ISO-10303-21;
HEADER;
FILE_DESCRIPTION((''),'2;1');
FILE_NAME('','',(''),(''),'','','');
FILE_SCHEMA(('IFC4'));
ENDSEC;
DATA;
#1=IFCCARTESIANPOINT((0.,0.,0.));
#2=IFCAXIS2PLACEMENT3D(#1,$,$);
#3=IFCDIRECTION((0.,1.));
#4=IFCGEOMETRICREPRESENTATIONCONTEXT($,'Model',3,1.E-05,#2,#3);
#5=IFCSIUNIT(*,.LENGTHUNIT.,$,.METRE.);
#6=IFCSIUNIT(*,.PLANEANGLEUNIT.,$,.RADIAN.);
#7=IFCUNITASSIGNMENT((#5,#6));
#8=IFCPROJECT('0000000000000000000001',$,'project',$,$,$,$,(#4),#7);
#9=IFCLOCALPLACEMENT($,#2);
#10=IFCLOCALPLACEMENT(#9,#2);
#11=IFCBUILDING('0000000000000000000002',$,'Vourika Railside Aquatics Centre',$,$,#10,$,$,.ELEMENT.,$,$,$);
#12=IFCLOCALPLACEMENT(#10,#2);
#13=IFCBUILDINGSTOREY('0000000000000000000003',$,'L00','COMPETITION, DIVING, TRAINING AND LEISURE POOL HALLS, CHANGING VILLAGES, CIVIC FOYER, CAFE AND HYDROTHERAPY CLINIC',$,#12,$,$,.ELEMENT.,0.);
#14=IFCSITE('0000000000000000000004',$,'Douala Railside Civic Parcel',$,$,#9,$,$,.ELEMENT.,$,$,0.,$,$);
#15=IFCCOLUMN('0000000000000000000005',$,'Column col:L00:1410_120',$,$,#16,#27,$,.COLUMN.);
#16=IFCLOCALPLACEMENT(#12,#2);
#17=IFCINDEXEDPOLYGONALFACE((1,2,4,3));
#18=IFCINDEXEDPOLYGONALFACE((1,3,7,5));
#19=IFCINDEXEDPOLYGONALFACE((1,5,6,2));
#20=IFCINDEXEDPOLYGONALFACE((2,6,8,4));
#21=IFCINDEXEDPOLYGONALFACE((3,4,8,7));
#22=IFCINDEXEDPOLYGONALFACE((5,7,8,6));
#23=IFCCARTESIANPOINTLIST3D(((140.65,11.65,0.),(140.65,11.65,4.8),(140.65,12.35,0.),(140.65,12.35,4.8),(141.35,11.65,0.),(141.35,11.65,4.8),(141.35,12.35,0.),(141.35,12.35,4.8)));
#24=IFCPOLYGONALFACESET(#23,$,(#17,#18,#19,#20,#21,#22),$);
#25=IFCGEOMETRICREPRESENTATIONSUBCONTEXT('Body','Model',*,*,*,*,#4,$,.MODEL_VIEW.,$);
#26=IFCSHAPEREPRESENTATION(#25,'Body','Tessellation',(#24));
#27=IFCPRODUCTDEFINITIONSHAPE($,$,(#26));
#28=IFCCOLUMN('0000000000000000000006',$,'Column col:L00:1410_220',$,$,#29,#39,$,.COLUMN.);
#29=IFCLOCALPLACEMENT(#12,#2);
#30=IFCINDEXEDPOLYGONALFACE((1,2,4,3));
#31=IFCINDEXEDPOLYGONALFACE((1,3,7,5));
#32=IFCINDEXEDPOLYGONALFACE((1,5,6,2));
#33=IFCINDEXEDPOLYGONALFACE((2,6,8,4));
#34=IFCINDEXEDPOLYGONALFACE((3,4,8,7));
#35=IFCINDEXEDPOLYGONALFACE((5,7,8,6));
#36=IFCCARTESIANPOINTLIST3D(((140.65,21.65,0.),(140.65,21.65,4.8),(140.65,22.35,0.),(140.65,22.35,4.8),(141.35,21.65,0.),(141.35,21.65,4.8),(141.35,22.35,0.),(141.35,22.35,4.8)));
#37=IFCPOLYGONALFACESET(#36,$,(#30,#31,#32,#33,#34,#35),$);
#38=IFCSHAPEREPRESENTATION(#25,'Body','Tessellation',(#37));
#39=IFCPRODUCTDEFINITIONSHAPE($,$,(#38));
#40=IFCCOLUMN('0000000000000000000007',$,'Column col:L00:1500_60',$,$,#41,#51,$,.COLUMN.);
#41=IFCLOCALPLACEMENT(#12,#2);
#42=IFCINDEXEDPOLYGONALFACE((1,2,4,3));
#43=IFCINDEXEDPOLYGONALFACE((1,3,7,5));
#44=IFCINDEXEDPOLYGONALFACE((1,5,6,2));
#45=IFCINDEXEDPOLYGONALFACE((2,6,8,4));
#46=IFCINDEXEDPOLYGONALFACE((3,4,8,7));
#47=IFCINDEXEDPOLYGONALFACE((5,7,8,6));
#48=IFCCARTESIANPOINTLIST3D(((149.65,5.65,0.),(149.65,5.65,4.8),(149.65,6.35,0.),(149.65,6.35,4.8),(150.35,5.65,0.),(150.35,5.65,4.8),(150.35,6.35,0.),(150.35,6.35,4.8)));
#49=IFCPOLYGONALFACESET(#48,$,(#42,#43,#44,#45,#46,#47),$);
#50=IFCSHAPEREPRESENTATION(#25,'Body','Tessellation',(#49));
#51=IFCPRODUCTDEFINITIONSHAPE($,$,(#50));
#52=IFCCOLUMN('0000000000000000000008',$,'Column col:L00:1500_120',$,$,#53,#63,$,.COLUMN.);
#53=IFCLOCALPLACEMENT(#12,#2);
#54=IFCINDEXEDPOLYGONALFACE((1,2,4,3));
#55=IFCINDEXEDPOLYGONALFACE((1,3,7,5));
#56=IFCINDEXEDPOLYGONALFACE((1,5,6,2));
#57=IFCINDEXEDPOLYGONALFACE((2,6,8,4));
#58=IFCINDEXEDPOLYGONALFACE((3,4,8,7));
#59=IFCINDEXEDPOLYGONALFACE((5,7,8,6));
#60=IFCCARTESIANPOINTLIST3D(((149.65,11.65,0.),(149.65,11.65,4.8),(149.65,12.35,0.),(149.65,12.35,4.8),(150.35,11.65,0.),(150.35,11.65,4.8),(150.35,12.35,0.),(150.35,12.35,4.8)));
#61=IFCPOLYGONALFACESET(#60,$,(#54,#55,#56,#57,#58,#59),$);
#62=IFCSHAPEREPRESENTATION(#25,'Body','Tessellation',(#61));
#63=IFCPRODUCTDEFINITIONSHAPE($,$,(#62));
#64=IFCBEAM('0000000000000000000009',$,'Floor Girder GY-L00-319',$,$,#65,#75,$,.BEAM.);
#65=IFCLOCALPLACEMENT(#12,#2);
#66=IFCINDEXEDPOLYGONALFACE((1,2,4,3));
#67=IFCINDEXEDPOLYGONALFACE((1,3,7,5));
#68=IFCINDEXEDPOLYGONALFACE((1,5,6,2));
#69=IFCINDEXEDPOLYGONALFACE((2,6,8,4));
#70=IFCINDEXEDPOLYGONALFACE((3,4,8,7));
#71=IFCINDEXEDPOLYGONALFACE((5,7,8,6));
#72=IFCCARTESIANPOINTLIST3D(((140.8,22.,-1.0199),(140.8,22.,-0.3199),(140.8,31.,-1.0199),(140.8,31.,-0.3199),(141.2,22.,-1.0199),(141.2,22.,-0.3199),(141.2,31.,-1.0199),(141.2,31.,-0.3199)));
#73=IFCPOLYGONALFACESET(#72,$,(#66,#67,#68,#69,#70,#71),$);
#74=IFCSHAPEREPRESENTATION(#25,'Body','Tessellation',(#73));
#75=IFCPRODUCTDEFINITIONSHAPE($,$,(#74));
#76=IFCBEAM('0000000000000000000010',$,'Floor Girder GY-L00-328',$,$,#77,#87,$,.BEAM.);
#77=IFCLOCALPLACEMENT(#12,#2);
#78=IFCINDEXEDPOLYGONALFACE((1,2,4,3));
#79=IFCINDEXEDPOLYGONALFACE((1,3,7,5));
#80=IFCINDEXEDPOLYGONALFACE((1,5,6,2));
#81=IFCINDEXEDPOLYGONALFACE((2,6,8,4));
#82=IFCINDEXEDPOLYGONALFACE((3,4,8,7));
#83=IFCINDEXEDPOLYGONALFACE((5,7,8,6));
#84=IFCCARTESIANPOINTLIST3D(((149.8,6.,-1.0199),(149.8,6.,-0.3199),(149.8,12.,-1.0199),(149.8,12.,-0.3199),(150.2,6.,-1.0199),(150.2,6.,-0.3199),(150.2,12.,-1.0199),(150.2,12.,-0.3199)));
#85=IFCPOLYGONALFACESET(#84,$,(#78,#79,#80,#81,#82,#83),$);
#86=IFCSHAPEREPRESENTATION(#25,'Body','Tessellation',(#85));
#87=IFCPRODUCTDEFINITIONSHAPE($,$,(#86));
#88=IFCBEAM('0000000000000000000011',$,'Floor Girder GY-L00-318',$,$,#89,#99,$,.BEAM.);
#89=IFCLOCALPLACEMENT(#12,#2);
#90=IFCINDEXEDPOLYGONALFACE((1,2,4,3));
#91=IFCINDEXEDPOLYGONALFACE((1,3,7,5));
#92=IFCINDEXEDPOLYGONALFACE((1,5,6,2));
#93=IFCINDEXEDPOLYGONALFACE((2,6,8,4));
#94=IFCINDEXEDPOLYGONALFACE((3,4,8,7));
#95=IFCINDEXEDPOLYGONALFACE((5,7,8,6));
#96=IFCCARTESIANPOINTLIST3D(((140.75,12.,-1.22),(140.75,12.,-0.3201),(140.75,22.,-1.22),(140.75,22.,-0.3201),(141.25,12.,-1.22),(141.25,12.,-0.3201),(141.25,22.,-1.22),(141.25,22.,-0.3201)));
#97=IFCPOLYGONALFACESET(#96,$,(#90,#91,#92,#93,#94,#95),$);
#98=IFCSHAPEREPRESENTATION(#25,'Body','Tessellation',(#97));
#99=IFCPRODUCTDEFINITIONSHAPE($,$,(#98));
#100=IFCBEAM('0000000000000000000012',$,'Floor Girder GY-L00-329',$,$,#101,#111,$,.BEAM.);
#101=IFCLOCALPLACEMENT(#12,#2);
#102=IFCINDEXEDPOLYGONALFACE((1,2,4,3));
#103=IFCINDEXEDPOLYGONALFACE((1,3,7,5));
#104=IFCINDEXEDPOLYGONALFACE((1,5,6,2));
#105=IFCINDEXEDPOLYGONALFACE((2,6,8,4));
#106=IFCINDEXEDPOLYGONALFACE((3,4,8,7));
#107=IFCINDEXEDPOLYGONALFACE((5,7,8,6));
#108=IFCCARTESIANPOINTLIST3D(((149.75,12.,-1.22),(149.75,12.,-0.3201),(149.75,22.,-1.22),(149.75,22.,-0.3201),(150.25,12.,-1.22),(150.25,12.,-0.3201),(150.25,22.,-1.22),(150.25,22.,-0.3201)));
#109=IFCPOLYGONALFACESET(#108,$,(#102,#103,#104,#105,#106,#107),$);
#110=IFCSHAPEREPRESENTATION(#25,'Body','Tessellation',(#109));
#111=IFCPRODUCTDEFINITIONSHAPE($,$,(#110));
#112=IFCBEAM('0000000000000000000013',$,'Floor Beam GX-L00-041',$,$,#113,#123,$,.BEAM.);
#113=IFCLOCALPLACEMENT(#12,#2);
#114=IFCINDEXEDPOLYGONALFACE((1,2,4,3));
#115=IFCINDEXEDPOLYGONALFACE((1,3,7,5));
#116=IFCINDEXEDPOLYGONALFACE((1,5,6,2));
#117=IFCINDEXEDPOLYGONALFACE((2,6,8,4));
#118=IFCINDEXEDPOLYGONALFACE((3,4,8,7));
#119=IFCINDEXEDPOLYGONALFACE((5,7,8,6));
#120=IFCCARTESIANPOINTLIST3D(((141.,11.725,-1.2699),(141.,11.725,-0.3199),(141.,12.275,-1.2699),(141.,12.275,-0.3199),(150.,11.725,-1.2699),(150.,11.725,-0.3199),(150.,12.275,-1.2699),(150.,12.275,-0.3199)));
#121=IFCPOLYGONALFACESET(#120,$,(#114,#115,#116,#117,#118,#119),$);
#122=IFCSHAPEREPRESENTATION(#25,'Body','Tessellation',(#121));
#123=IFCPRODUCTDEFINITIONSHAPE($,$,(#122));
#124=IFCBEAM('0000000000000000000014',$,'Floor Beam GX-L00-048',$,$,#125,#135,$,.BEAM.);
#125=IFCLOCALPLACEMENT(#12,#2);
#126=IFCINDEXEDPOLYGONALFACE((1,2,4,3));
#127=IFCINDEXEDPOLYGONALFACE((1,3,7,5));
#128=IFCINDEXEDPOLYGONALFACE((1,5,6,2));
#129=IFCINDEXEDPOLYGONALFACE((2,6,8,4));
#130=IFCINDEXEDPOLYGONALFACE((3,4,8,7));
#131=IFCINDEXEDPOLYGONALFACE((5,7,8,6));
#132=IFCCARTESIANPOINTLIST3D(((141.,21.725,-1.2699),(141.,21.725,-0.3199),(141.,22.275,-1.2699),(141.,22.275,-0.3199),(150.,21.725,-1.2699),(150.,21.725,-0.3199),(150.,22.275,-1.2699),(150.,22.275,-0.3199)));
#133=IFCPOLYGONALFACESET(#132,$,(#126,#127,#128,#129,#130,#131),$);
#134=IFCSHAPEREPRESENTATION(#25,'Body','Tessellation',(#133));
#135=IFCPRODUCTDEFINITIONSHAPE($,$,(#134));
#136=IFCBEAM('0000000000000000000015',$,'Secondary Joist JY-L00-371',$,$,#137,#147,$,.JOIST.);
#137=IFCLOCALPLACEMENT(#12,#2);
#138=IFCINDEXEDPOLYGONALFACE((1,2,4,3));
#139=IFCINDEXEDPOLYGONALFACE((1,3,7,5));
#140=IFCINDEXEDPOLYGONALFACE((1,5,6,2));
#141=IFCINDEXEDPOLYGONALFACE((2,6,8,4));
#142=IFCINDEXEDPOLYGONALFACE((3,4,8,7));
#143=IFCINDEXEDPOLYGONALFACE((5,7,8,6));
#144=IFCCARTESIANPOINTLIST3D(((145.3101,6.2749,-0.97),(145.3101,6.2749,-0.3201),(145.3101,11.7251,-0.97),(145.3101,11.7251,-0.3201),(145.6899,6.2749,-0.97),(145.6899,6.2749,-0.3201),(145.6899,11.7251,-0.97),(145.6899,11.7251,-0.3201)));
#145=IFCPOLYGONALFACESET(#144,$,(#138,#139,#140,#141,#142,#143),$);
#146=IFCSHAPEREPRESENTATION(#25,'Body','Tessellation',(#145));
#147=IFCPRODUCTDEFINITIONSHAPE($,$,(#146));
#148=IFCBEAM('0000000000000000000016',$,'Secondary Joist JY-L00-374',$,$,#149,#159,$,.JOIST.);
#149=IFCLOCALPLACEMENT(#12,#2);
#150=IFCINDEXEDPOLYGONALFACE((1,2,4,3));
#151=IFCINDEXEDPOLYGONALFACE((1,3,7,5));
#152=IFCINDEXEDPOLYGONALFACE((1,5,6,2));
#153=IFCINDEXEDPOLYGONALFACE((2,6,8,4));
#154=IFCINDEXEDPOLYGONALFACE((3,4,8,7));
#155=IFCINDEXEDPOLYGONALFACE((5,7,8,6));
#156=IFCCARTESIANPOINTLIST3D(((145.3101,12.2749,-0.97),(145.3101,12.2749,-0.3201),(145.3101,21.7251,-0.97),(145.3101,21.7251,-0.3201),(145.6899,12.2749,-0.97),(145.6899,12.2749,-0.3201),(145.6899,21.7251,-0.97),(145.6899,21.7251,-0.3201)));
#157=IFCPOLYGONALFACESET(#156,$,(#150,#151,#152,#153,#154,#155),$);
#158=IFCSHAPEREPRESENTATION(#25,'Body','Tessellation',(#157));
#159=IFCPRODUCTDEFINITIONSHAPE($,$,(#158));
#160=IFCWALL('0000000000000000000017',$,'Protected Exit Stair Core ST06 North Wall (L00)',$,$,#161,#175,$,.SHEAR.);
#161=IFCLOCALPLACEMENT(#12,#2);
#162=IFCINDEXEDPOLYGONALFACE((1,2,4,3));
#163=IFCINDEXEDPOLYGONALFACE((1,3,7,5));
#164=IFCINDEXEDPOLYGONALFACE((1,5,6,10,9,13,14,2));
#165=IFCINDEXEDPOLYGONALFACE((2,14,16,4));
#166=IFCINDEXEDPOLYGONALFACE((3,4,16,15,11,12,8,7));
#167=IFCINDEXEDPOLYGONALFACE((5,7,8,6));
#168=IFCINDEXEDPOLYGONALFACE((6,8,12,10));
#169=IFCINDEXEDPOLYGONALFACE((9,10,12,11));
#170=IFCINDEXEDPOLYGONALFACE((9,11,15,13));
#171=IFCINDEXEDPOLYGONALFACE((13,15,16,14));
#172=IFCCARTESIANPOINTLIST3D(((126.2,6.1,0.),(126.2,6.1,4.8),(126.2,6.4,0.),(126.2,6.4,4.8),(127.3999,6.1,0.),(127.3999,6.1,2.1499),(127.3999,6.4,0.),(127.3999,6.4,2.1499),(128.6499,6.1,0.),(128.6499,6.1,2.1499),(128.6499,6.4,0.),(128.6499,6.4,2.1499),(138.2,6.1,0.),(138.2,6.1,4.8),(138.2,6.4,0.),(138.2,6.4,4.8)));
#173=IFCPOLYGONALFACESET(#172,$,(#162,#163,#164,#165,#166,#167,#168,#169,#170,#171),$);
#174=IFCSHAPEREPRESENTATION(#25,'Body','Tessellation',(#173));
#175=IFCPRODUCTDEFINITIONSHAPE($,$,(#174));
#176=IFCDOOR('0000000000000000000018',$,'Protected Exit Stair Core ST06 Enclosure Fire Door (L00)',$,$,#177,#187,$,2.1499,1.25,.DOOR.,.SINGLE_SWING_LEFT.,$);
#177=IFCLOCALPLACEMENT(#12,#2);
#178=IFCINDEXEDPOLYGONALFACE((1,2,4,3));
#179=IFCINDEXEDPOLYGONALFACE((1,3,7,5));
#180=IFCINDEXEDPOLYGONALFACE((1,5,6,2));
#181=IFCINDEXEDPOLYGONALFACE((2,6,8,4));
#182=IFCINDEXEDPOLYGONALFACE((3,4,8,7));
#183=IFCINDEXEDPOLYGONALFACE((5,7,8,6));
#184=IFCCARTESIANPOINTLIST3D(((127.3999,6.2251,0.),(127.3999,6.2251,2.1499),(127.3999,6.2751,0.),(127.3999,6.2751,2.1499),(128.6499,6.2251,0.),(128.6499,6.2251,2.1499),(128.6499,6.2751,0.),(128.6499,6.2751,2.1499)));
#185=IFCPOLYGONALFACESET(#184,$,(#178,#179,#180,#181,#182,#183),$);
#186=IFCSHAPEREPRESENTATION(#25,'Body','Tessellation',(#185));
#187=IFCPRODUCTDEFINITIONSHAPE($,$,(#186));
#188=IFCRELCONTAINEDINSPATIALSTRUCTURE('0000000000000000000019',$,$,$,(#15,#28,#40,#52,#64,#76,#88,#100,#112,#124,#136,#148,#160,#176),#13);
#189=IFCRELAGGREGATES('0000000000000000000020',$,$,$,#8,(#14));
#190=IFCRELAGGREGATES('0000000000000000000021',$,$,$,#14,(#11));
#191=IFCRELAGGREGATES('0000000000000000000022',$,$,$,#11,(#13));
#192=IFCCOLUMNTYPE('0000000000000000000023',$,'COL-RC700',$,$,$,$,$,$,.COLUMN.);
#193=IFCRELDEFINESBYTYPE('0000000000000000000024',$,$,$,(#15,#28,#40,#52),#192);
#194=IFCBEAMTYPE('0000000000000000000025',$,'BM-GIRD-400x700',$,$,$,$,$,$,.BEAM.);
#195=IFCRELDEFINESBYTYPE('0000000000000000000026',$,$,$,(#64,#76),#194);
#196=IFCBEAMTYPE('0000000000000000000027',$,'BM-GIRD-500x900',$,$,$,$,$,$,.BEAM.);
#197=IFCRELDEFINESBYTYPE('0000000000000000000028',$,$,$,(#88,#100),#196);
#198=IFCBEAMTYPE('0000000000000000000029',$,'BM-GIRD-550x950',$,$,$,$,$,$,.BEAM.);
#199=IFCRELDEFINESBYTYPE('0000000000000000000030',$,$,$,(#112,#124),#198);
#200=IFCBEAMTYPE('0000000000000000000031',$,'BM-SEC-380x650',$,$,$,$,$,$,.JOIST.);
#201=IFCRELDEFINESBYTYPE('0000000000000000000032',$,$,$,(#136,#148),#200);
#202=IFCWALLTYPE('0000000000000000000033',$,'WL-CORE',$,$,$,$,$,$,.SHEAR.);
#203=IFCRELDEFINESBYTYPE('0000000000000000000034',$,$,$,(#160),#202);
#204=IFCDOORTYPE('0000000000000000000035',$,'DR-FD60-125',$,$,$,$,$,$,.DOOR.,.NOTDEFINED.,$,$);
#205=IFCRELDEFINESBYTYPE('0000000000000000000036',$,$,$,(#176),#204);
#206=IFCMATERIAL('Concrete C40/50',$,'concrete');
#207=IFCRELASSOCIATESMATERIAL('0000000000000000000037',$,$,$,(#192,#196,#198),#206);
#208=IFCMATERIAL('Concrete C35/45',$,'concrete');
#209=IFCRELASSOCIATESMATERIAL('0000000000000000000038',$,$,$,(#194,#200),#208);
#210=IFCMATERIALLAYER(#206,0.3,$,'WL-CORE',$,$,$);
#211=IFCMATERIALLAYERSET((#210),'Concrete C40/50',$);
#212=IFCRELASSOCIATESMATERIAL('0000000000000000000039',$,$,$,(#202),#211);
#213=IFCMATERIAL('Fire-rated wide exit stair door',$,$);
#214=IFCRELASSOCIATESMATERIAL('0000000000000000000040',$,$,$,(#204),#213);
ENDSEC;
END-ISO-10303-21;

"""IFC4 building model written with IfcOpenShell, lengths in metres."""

from ifc_helpers import new_model, si_unit, direction, frame, frame_2d, origin, origin_2d, place, context, subcontext, project, spatial, rectangle, extrude, material, layer, layer_set, material_profile, profile_set, type_object, element, fill, save


model = new_model("IFC4")

# Units and contexts
model_context = context("Model", 3, precision=1e-05, world=origin(), true_north=direction((0.0, 1.0)))
body_context = subcontext(model_context, "Body", "Model", "MODEL_VIEW")
ifc_project = project(units=[si_unit("LENGTHUNIT", "METRE"), si_unit("PLANEANGLEUNIT", "RADIAN")], contexts=[model_context])

# Site, building, storey
site_placement = place(None, origin())
site = spatial("IfcSite", under=ifc_project, at=site_placement, Name="Douala Railside Civic Parcel", CompositionType="ELEMENT", RefElevation=0.0)
building_placement = place(site_placement, origin())
building = spatial("IfcBuilding", under=site, at=building_placement, Name="Vourika Railside Aquatics Centre", CompositionType="ELEMENT")
storey_placement = place(building_placement, origin())
storey = spatial("IfcBuildingStorey", under=building, at=storey_placement, Name="L00", Description="COMPETITION, DIVING, TRAINING AND LEISURE POOL HALLS, CHANGING VILLAGES, CIVIC FOYER, CAFE AND HYDROTHERAPY CLINIC", CompositionType="ELEMENT", Elevation=0.0)

# Columns
ifc_material_1 = material(Name="Concrete C40/50", Category="concrete")
ifc_material_profile_1 = material_profile(ifc_material_1, rectangle(XDim=0.7, YDim=0.7, at=origin_2d()), Name="RC 700x700")
ifc_profile_set_1 = profile_set([ifc_material_profile_1], Name="Concrete C40/50")
column_type = type_object("IfcColumnType", Name="COL-RC700", PredefinedType="COLUMN", material=ifc_profile_set_1)
for number, where, z_axis, x_axis, name in (
    (1, (141.0, 12.0, 0.0), (0.0, 0.0, 1.0), (1.0, 0.0, 0.0), "Column col:L00:1410_120"),
    (2, (141.0, 22.0, 0.0), (0.0, 0.0, 1.0), (1.0, 0.0, 0.0), "Column col:L00:1410_220"),
    (3, (150.0, 6.0, 0.0), (0.0, 0.0, 1.0), (1.0, 0.0, 0.0), "Column col:L00:1500_60"),
    (4, (150.0, 12.0, 0.0), (0.0, 0.0, 1.0), (1.0, 0.0, 0.0), "Column col:L00:1500_120"),
):
    element("IfcColumn", number, at=place(storey_placement, frame(where, z_axis=z_axis, x_axis=x_axis)), inside=storey, type_object=column_type, Name=name, PredefinedType="COLUMN", context=body_context, shape_type="SweptSolid", body=[
        extrude(rectangle(XDim=0.7, YDim=0.7, at=origin_2d()), origin(), (0.0, 0.0, 1.0), 4.8),
    ])

# Beams
ifc_material_2 = material(Name="Concrete C35/45", Category="concrete")
ifc_material_profile_2 = material_profile(ifc_material_2, rectangle(XDim=0.3999, YDim=0.7, at=origin_2d()), Name="RC 400x700")
ifc_profile_set_2 = profile_set([ifc_material_profile_2], Name="Concrete C35/45")
beam_type_1 = type_object("IfcBeamType", Name="BM-GIRD-400x700", PredefinedType="BEAM", material=ifc_profile_set_2)
beam_1_placement = place(storey_placement, frame((141.0, 22.0, -0.6699), z_axis=(0.0, 1.0, 0.0), x_axis=(-1.0, 0.0, 0.0)))
element("IfcBeam", 5, at=beam_1_placement, inside=storey, type_object=beam_type_1, Name="Floor Girder GY-L00-319", PredefinedType="BEAM", context=body_context, shape_type="SweptSolid", body=[
    extrude(rectangle(XDim=0.3999, YDim=0.7, at=origin_2d()), origin(), (0.0, 0.0, 1.0), 9.0),
])
beam_2_placement = place(storey_placement, frame((150.0, 6.0, -0.6699), z_axis=(0.0, 1.0, 0.0), x_axis=(-1.0, 0.0, 0.0)))
element("IfcBeam", 6, at=beam_2_placement, inside=storey, type_object=beam_type_1, Name="Floor Girder GY-L00-328", PredefinedType="BEAM", context=body_context, shape_type="SweptSolid", body=[
    extrude(rectangle(XDim=0.3999, YDim=0.7, at=origin_2d()), origin(), (0.0, 0.0, 1.0), 6.0),
])
ifc_material_profile_3 = material_profile(ifc_material_1, rectangle(XDim=0.5, YDim=0.8999, at=origin_2d()), Name="RC 500x900")
ifc_profile_set_3 = profile_set([ifc_material_profile_3], Name="Concrete C40/50")
beam_type_2 = type_object("IfcBeamType", Name="BM-GIRD-500x900", PredefinedType="BEAM", material=ifc_profile_set_3)
for number, where, z_axis, x_axis, name in (
    (7, (141.0, 12.0, -0.77), (0.0, 1.0, 0.0), (-1.0, 0.0, 0.0), "Floor Girder GY-L00-318"),
    (8, (150.0, 12.0, -0.77), (0.0, 1.0, 0.0), (-1.0, 0.0, 0.0), "Floor Girder GY-L00-329"),
):
    element("IfcBeam", number, at=place(storey_placement, frame(where, z_axis=z_axis, x_axis=x_axis)), inside=storey, type_object=beam_type_2, Name=name, PredefinedType="BEAM", context=body_context, shape_type="SweptSolid", body=[
        extrude(rectangle(XDim=0.5, YDim=0.8999, at=origin_2d()), origin(), (0.0, 0.0, 1.0), 10.0),
    ])
ifc_material_profile_4 = material_profile(ifc_material_1, rectangle(XDim=0.55, YDim=0.95, at=origin_2d()), Name="RC 550x950")
ifc_profile_set_4 = profile_set([ifc_material_profile_4], Name="Concrete C40/50")
beam_type_3 = type_object("IfcBeamType", Name="BM-GIRD-550x950", PredefinedType="BEAM", material=ifc_profile_set_4)
for number, where, z_axis, x_axis, name in (
    (9, (141.0, 12.0, -0.7949), (1.0, 0.0, 0.0), (0.0, 1.0, 0.0), "Floor Beam GX-L00-041"),
    (10, (141.0, 22.0, -0.7949), (1.0, 0.0, 0.0), (0.0, 1.0, 0.0), "Floor Beam GX-L00-048"),
):
    element("IfcBeam", number, at=place(storey_placement, frame(where, z_axis=z_axis, x_axis=x_axis)), inside=storey, type_object=beam_type_3, Name=name, PredefinedType="BEAM", context=body_context, shape_type="SweptSolid", body=[
        extrude(rectangle(XDim=0.55, YDim=0.95, at=origin_2d()), origin(), (0.0, 0.0, 1.0), 9.0),
    ])
ifc_material_profile_5 = material_profile(ifc_material_2, rectangle(XDim=0.3799, YDim=0.6499, at=origin_2d()), Name="RC 380x650")
ifc_profile_set_5 = profile_set([ifc_material_profile_5], Name="Concrete C35/45")
beam_type_4 = type_object("IfcBeamType", Name="BM-SEC-380x650", PredefinedType="JOIST", material=ifc_profile_set_5)
beam_3_placement = place(storey_placement, frame((145.5, 6.2749, -0.645), z_axis=(0.0, 1.0, 0.0), x_axis=(-1.0, 0.0, 0.0)))
element("IfcBeam", 11, at=beam_3_placement, inside=storey, type_object=beam_type_4, Name="Secondary Joist JY-L00-371", PredefinedType="JOIST", context=body_context, shape_type="SweptSolid", body=[
    extrude(rectangle(XDim=0.3799, YDim=0.6499, at=origin_2d()), origin(), (0.0, 0.0, 1.0), 5.4502),
])
beam_4_placement = place(storey_placement, frame((145.5, 12.2749, -0.645), z_axis=(0.0, 1.0, 0.0), x_axis=(-1.0, 0.0, 0.0)))
element("IfcBeam", 12, at=beam_4_placement, inside=storey, type_object=beam_type_4, Name="Secondary Joist JY-L00-374", PredefinedType="JOIST", context=body_context, shape_type="SweptSolid", body=[
    extrude(rectangle(XDim=0.3799, YDim=0.6499, at=origin_2d()), origin(), (0.0, 0.0, 1.0), 9.4502),
])

# Wall, opening, door
ifc_layer_1 = layer(ifc_material_1, 0.3, Name="WL-CORE")
ifc_layer_set_1 = layer_set([ifc_layer_1], Name="Concrete C40/50")
wall_type_1 = type_object("IfcWallType", Name="WL-CORE", PredefinedType="SHEAR", material=ifc_layer_set_1)
wall_1_placement = place(storey_placement, frame((138.2, 6.25, 0.0), z_axis=(0.0, 0.0, 1.0), x_axis=(-1.0, 0.0, 0.0)))
wall_1 = element("IfcWall", 13, at=wall_1_placement, inside=storey, type_object=wall_type_1, Name="Protected Exit Stair Core ST06 North Wall (L00)", PredefinedType="SHEAR", context=body_context, shape_type="SweptSolid", body=[
    extrude(rectangle(XDim=12.0, YDim=0.3, at=frame_2d((6.0, 0.0))), origin(), (0.0, 0.0, 1.0), 4.8),
])
opening_1_placement = place(wall_1_placement, frame((9.55, 0.0, 0.0)))
opening_1 = element("IfcOpeningElement", 14, at=opening_1_placement, cuts=wall_1, PredefinedType="OPENING", context=body_context, shape_type="SweptSolid", body=[
    extrude(rectangle(XDim=1.25, YDim=2.1499, at=frame_2d((0.625, 1.075))), frame((0.0, 0.1602, 0.0), z_axis=(0.0, -1.0, 0.0), x_axis=(1.0, 0.0, 0.0)), (0.0, 0.0, 1.0), 0.3201),
])
ifc_material_3 = material(Name="Fire-rated wide exit stair door")
door_type_1 = type_object("IfcDoorType", Name="DR-FD60-125", OperationType="NOTDEFINED", PredefinedType="DOOR", material=ifc_material_3)
door_1_placement = place(opening_1_placement, origin())
door_1 = element("IfcDoor", 15, at=door_1_placement, inside=storey, type_object=door_type_1, Name="Protected Exit Stair Core ST06 Enclosure Fire Door (L00)", OperationType="SINGLE_SWING_LEFT", OverallHeight=2.1499, OverallWidth=1.25, PredefinedType="DOOR", context=body_context, shape_type="SweptSolid", body=[
    extrude(rectangle(XDim=1.25, YDim=2.1499, at=frame_2d((0.625, 1.075))), frame((0.0, 0.0249, 0.0), z_axis=(0.0, -1.0, 0.0), x_axis=(1.0, 0.0, 0.0)), (0.0, 0.0, 1.0), 0.05),
])
fill(opening_1, door_1)

save(model, "model.ifc")
